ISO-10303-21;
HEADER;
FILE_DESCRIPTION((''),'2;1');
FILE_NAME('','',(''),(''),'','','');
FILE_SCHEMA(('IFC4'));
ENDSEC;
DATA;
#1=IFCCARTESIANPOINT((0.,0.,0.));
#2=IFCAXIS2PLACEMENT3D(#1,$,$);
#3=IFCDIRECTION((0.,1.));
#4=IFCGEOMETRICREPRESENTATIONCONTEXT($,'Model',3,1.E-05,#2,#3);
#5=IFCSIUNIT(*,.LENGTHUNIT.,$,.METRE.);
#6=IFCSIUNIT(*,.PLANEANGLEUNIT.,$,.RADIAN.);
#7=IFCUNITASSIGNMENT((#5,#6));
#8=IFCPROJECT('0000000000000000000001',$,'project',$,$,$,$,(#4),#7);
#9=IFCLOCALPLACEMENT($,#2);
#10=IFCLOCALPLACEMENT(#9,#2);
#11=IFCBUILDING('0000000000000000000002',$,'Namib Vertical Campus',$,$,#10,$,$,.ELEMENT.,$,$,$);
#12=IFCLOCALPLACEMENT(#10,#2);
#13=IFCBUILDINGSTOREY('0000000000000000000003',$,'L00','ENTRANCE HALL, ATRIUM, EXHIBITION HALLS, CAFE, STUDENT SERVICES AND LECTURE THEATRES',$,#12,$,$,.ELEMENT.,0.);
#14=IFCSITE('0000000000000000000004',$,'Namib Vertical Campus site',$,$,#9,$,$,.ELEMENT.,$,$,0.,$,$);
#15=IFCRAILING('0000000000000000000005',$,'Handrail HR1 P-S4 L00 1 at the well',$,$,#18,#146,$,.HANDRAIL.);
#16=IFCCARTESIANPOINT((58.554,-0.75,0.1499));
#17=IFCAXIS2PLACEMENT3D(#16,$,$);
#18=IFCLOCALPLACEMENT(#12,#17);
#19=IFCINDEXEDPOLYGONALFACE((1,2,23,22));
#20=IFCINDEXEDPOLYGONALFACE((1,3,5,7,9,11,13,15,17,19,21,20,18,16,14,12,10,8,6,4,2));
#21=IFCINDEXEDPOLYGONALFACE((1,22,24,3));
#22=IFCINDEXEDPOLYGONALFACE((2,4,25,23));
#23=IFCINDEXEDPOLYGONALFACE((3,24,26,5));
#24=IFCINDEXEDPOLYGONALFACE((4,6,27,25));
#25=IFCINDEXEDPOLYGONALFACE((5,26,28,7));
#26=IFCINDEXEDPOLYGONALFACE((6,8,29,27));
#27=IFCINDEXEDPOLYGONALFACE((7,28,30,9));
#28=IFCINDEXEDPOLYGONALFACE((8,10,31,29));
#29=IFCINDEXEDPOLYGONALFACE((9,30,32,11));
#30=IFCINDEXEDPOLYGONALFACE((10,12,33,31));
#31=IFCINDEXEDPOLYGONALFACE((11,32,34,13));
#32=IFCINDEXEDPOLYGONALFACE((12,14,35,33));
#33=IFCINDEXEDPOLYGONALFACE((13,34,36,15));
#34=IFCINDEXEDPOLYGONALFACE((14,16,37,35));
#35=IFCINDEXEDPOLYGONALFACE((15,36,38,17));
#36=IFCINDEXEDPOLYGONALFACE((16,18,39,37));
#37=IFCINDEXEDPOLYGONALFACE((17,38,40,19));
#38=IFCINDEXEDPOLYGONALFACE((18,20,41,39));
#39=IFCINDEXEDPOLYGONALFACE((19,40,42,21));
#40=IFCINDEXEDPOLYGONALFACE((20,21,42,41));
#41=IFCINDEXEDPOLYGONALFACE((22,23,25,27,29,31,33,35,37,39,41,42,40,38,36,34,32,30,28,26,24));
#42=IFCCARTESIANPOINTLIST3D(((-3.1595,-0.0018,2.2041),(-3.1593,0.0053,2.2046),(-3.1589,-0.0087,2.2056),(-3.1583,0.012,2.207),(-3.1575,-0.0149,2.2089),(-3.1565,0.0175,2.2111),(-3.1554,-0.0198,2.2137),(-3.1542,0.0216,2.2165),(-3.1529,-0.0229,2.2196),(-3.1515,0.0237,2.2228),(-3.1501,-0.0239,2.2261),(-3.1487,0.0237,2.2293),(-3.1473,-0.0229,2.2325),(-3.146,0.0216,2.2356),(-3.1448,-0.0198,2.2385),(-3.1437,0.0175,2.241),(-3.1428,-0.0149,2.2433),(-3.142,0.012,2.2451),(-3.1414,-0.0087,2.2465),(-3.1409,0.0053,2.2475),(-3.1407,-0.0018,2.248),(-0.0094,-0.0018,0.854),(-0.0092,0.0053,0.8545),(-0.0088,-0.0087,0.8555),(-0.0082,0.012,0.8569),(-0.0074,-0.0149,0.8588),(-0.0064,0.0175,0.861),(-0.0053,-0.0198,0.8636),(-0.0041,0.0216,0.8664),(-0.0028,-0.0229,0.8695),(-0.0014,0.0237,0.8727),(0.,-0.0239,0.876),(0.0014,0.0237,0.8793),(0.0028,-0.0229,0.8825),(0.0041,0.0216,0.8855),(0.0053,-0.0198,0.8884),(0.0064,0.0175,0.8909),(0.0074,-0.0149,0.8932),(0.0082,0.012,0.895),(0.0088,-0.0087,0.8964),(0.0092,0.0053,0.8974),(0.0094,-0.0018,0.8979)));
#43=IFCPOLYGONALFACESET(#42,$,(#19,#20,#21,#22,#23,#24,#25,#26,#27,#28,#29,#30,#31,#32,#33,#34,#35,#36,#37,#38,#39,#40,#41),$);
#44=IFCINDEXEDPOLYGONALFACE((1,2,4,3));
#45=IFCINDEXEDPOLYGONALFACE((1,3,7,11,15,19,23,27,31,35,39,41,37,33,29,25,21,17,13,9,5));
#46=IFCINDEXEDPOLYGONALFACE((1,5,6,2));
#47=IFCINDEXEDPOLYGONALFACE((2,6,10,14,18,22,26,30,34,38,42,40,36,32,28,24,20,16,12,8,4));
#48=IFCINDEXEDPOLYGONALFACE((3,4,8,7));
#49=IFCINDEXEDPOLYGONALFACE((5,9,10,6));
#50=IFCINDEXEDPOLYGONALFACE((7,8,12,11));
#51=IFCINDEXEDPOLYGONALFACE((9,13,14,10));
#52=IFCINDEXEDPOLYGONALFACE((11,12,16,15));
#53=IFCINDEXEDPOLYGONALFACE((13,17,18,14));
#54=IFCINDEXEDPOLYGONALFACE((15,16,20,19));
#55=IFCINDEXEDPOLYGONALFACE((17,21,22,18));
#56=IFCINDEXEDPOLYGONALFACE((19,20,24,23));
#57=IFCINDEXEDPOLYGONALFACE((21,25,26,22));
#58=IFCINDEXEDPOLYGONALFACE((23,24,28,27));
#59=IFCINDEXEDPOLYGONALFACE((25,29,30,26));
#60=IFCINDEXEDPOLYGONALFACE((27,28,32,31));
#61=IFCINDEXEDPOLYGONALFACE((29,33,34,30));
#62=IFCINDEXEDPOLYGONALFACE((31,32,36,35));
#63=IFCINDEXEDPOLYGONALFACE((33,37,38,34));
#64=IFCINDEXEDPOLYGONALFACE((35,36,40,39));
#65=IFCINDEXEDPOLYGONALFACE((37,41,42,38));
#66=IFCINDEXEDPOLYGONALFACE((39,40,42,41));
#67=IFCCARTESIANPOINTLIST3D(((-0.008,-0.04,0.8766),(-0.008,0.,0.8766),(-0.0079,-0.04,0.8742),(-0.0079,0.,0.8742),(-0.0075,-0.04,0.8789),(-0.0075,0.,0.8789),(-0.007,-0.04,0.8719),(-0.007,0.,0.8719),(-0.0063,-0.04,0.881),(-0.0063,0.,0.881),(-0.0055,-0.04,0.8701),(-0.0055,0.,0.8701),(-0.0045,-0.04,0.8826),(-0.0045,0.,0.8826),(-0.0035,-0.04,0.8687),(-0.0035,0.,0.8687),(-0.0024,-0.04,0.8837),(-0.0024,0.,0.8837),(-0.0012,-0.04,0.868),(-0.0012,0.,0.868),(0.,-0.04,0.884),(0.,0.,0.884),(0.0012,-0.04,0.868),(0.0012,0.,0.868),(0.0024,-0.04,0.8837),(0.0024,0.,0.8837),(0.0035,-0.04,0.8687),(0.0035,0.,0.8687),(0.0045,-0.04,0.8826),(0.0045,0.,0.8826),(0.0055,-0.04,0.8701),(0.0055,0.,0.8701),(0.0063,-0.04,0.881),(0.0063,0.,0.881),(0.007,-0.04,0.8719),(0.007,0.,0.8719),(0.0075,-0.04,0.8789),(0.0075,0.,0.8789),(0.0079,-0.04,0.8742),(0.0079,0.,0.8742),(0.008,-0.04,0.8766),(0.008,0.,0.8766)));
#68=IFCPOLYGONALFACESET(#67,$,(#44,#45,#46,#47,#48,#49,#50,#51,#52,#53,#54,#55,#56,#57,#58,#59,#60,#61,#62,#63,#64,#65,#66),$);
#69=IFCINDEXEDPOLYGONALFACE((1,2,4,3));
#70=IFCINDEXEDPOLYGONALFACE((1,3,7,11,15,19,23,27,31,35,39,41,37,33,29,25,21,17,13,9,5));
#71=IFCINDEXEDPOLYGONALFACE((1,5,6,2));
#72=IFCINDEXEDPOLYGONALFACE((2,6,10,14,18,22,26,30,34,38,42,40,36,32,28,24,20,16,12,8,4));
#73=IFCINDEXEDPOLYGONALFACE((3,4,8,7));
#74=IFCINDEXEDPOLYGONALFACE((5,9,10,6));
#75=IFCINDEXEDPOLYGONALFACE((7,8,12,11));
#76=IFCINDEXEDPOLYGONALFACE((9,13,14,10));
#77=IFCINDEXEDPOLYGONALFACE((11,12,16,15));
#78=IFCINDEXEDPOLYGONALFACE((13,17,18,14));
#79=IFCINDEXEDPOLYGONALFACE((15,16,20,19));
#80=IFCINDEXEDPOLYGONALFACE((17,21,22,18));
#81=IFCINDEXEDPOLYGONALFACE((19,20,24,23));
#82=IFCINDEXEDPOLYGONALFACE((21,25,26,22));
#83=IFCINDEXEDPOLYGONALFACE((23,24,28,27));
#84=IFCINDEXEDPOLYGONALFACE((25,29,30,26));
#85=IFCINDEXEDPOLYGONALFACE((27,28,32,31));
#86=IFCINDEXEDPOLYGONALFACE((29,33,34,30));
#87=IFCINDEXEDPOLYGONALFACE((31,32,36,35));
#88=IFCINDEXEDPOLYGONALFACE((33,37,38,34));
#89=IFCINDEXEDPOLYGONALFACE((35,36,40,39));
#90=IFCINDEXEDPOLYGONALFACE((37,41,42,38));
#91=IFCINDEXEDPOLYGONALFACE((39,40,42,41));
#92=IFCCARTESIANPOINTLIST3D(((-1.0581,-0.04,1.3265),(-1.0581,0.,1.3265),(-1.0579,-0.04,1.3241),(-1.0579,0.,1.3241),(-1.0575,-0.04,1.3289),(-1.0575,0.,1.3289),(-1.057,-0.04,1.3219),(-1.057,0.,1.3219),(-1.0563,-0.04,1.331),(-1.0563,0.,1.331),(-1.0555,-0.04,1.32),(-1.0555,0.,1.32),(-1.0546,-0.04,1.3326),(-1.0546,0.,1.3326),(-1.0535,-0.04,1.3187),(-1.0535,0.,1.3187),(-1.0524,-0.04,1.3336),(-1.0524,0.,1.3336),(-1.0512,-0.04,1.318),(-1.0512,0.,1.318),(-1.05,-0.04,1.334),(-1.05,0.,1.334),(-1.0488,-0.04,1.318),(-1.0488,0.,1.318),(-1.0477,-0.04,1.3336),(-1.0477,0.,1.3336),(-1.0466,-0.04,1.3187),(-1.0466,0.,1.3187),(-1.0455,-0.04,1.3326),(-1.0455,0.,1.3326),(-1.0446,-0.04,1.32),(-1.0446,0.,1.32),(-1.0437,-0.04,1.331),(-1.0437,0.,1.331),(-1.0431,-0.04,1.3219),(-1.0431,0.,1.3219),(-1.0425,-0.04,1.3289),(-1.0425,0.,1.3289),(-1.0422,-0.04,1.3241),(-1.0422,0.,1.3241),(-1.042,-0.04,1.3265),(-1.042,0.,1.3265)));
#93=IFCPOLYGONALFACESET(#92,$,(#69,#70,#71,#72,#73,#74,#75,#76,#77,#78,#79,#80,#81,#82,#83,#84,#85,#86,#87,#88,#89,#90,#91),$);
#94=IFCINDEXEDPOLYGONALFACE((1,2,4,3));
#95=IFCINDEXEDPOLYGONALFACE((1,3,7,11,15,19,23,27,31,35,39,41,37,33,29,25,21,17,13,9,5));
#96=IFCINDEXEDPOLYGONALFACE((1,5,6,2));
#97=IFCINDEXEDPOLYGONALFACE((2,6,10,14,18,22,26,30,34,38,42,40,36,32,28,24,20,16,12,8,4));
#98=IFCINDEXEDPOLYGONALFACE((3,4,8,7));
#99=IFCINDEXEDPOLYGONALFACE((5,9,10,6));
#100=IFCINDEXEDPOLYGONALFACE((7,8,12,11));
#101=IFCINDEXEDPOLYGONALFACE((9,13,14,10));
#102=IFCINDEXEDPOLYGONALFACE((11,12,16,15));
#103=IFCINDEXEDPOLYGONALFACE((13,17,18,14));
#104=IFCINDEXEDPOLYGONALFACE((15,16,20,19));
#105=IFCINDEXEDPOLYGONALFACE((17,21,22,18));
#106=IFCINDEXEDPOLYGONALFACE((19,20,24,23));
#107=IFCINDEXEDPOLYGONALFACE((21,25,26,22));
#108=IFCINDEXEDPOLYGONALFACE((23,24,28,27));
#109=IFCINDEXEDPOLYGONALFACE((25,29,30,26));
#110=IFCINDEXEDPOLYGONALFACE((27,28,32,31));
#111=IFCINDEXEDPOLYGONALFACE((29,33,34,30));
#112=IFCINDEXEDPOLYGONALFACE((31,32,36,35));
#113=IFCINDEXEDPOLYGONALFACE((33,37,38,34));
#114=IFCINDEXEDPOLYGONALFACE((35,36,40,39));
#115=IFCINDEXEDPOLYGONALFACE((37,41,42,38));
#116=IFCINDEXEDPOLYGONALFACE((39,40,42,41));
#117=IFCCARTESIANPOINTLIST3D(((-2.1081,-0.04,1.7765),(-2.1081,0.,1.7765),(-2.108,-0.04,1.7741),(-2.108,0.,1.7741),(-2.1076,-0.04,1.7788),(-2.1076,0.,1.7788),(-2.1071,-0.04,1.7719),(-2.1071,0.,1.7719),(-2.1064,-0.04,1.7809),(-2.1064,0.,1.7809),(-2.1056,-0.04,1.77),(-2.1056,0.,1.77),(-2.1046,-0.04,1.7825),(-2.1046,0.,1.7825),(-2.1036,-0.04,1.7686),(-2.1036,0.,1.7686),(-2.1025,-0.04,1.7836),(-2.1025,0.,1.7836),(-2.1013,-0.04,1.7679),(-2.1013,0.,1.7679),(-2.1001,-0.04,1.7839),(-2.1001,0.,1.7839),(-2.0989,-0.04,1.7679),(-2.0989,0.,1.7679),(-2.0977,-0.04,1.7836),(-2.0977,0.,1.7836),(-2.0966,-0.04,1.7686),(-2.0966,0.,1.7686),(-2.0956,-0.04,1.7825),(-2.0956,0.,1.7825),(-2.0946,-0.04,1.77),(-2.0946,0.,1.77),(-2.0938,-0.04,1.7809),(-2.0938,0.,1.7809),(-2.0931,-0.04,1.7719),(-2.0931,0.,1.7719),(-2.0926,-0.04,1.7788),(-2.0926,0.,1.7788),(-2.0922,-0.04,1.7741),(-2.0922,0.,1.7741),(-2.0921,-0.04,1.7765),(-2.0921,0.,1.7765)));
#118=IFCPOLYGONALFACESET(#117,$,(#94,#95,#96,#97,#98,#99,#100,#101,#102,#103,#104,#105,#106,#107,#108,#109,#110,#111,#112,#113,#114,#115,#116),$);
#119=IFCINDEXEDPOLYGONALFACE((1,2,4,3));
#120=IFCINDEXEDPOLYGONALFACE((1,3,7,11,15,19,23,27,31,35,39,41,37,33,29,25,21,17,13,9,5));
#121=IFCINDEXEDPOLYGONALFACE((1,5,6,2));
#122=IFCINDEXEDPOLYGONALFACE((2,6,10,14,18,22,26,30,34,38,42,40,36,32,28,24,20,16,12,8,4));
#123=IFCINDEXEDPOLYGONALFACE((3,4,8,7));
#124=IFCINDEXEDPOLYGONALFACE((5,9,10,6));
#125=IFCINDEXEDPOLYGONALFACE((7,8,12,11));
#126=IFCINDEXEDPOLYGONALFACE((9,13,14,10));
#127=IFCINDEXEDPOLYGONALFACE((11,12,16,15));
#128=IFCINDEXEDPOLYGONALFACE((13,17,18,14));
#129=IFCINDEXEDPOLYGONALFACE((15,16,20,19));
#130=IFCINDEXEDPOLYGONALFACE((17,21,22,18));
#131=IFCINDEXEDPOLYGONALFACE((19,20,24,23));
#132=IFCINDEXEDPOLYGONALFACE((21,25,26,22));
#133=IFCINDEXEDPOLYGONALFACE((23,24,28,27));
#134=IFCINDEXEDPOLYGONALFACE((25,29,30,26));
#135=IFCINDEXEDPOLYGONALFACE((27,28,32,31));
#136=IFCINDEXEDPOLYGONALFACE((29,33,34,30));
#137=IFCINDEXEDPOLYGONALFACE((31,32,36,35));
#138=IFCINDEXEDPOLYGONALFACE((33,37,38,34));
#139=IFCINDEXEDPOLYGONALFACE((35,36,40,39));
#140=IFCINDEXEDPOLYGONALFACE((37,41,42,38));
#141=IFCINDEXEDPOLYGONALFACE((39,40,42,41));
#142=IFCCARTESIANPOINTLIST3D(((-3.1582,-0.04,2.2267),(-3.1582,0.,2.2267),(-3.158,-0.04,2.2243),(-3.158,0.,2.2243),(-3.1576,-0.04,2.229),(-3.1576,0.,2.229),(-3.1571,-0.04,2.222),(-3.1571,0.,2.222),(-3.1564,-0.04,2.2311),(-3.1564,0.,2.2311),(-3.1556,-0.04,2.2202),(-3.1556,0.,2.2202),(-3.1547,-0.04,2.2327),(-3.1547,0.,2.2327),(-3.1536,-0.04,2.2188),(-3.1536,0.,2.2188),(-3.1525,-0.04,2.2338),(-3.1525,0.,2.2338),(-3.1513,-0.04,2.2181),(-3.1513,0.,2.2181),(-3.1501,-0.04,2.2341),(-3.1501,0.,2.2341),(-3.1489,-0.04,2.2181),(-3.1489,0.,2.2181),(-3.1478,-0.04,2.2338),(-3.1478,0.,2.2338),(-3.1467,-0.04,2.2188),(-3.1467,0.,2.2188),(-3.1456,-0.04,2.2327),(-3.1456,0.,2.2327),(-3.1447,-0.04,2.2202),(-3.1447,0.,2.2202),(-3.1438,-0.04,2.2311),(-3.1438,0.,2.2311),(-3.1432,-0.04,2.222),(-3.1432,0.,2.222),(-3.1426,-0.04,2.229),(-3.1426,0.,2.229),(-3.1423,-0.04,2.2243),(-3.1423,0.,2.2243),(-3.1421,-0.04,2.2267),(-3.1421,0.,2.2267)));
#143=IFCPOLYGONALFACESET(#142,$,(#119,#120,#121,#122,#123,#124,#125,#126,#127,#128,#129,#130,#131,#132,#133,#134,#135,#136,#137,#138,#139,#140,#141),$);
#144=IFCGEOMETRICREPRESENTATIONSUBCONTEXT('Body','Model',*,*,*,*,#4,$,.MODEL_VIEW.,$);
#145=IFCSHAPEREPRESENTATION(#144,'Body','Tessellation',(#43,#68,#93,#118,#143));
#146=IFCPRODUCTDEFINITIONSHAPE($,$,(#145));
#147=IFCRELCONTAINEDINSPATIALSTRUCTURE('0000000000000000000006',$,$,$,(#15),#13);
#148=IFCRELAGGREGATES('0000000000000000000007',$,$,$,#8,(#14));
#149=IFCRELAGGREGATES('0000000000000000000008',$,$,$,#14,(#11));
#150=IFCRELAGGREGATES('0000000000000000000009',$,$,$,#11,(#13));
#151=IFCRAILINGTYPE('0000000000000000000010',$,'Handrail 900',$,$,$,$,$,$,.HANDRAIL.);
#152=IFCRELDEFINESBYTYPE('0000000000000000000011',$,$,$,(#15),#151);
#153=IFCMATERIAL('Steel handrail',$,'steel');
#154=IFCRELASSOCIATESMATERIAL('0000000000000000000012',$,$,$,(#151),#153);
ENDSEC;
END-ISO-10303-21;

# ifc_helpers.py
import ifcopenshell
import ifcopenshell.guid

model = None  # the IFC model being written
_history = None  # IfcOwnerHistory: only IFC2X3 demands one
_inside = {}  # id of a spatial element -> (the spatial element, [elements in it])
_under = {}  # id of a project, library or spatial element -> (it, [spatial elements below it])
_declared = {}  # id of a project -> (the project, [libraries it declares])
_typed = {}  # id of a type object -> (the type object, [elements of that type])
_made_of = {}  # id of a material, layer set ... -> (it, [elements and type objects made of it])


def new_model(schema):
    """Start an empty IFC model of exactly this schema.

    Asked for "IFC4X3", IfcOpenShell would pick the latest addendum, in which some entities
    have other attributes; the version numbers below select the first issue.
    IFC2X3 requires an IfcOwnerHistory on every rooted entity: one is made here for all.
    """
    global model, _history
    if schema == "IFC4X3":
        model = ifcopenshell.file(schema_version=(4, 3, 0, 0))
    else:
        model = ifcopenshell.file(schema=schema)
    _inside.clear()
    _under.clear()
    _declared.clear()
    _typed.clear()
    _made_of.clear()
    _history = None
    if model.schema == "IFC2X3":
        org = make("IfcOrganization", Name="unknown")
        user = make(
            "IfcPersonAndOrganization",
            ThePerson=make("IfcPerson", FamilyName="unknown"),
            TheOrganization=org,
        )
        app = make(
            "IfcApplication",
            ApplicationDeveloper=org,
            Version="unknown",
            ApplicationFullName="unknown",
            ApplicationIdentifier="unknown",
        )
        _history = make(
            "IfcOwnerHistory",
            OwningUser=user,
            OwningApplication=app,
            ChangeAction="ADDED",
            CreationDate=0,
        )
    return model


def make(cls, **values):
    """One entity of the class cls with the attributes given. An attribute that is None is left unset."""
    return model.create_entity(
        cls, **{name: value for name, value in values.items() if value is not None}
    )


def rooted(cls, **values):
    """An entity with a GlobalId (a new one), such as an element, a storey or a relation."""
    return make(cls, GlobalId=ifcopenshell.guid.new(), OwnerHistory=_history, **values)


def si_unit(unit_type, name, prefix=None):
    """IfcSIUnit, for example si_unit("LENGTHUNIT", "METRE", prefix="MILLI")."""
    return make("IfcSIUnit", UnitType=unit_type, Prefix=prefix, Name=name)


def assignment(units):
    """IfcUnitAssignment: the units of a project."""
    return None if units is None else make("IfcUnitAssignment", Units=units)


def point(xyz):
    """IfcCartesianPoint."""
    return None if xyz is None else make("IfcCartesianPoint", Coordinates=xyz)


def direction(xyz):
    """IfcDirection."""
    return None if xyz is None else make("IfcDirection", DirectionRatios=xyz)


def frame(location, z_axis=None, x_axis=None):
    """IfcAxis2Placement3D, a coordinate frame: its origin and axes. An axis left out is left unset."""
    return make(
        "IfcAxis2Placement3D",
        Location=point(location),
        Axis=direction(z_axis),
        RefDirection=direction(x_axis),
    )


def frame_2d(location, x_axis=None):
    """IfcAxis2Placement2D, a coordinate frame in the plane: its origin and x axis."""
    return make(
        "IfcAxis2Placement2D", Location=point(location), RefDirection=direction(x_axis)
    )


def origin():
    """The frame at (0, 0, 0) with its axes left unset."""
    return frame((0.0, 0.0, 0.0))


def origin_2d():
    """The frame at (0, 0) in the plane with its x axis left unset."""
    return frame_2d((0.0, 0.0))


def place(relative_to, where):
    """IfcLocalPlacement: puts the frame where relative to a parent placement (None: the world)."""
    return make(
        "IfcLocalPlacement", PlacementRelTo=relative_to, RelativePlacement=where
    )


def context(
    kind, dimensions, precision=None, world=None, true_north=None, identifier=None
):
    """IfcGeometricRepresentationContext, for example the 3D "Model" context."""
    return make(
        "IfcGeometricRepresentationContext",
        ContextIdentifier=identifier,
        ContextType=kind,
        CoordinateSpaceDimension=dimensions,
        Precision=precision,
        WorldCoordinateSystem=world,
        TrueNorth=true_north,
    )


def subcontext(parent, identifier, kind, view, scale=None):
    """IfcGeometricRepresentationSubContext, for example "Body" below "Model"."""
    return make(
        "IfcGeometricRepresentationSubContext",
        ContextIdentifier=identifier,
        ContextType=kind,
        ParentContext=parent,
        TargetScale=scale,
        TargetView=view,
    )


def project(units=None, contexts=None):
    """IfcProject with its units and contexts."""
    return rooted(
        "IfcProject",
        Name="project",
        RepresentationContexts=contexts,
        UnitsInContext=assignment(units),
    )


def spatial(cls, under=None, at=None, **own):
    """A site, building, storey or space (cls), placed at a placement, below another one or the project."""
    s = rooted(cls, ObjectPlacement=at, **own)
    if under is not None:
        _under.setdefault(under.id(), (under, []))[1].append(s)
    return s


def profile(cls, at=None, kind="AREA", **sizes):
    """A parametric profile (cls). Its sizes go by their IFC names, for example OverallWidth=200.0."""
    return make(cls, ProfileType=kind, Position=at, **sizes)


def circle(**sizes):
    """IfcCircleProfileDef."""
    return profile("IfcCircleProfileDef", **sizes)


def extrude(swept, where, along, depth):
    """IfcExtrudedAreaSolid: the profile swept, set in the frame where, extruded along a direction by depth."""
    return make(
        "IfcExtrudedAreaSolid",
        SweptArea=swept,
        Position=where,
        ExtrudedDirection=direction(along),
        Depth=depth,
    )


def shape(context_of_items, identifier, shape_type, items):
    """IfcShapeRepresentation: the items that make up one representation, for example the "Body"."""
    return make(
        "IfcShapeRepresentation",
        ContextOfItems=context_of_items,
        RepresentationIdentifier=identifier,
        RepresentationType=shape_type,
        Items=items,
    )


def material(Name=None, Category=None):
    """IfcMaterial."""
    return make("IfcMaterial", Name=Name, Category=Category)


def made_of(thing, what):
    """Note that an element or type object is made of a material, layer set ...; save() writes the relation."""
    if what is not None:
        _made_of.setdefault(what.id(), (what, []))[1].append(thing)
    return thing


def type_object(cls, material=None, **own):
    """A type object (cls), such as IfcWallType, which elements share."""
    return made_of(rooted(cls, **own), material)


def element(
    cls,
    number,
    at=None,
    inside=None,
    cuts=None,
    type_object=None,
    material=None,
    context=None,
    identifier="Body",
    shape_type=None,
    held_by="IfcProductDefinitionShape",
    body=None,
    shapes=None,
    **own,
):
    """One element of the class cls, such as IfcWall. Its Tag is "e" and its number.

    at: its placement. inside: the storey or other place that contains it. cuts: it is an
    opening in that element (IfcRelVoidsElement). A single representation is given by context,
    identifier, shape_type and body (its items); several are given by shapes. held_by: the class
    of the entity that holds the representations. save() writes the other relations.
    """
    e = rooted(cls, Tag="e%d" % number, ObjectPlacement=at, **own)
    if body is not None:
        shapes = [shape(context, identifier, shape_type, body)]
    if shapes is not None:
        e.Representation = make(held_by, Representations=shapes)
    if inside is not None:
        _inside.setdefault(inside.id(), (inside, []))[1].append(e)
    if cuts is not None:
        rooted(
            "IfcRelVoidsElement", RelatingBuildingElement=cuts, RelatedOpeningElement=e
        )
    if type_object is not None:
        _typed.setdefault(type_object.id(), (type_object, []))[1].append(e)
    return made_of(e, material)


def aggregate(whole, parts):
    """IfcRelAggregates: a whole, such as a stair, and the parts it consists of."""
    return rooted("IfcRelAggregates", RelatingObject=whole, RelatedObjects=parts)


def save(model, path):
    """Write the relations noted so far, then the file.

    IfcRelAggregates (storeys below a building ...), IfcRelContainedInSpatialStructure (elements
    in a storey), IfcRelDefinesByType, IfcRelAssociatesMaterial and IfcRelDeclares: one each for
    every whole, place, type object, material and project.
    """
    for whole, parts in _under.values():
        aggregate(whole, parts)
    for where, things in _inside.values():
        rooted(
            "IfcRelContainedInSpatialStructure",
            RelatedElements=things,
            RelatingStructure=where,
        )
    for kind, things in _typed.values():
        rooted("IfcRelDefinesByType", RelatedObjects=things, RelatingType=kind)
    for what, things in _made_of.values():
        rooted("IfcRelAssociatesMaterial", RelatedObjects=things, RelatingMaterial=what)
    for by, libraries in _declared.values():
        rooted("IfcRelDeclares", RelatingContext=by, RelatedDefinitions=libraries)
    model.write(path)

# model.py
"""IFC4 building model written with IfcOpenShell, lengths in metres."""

from ifc_helpers import new_model, si_unit, direction, frame, origin, origin_2d, place, context, subcontext, project, spatial, circle, extrude, material, type_object, element, save


model = new_model("IFC4")

# Units and contexts
model_context = context("Model", 3, precision=1e-05, world=origin(), true_north=direction((0.0, 1.0)))
body_context = subcontext(model_context, "Body", "Model", "MODEL_VIEW")
ifc_project = project(units=[si_unit("LENGTHUNIT", "METRE"), si_unit("PLANEANGLEUNIT", "RADIAN")], contexts=[model_context])

# Site, building, storey
site_placement = place(None, origin())
site = spatial("IfcSite", under=ifc_project, at=site_placement, Name="Namib Vertical Campus site", CompositionType="ELEMENT", RefElevation=0.0)
building_placement = place(site_placement, origin())
building = spatial("IfcBuilding", under=site, at=building_placement, Name="Namib Vertical Campus", CompositionType="ELEMENT")
storey_placement = place(building_placement, origin())
storey = spatial("IfcBuildingStorey", under=building, at=storey_placement, Name="L00", Description="ENTRANCE HALL, ATRIUM, EXHIBITION HALLS, CAFE, STUDENT SERVICES AND LECTURE THEATRES", CompositionType="ELEMENT", Elevation=0.0)

# Railing
ifc_material_1 = material(Name="Steel handrail", Category="steel")
railing_type_1 = type_object("IfcRailingType", Name="Handrail 900", PredefinedType="HANDRAIL", material=ifc_material_1)
railing_1_placement = place(storey_placement, frame((58.554, -0.75, 0.1499)))
element("IfcRailing", 1, at=railing_1_placement, inside=storey, type_object=railing_type_1, Name="Handrail HR1 P-S4 L00 1 at the well", PredefinedType="HANDRAIL", context=body_context, shape_type="SweptSolid", body=[
    extrude(circle(Radius=0.0239, at=origin_2d()), frame((0.0, 0.0, 0.876), z_axis=(-0.919141, 0.0, 0.393928), x_axis=(0.0, -1.0, 0.0)), (0.0, 0.0, 1.0), 3.4272),
    extrude(circle(Radius=0.0081, at=origin_2d()), frame((0.0, 0.0, 0.876), z_axis=(0.0, -1.0, 0.0), x_axis=(0.0, 0.0, 1.0)), (0.0, 0.0, 1.0), 0.04),
    extrude(circle(Radius=0.0081, at=origin_2d()), frame((-1.05, 0.0, 1.3259), z_axis=(0.0, -1.0, 0.0), x_axis=(0.0, 0.0, 1.0)), (0.0, 0.0, 1.0), 0.04),
    extrude(circle(Radius=0.0081, at=origin_2d()), frame((-2.1001, 0.0, 1.7759), z_axis=(0.0, -1.0, 0.0), x_axis=(0.0, 0.0, 1.0)), (0.0, 0.0, 1.0), 0.04),
    extrude(circle(Radius=0.0081, at=origin_2d()), frame((-3.1501, 0.0, 2.2261), z_axis=(0.0, -1.0, 0.0), x_axis=(0.0, 0.0, 1.0)), (0.0, 0.0, 1.0), 0.04),
])

save(model, "model.ifc")
